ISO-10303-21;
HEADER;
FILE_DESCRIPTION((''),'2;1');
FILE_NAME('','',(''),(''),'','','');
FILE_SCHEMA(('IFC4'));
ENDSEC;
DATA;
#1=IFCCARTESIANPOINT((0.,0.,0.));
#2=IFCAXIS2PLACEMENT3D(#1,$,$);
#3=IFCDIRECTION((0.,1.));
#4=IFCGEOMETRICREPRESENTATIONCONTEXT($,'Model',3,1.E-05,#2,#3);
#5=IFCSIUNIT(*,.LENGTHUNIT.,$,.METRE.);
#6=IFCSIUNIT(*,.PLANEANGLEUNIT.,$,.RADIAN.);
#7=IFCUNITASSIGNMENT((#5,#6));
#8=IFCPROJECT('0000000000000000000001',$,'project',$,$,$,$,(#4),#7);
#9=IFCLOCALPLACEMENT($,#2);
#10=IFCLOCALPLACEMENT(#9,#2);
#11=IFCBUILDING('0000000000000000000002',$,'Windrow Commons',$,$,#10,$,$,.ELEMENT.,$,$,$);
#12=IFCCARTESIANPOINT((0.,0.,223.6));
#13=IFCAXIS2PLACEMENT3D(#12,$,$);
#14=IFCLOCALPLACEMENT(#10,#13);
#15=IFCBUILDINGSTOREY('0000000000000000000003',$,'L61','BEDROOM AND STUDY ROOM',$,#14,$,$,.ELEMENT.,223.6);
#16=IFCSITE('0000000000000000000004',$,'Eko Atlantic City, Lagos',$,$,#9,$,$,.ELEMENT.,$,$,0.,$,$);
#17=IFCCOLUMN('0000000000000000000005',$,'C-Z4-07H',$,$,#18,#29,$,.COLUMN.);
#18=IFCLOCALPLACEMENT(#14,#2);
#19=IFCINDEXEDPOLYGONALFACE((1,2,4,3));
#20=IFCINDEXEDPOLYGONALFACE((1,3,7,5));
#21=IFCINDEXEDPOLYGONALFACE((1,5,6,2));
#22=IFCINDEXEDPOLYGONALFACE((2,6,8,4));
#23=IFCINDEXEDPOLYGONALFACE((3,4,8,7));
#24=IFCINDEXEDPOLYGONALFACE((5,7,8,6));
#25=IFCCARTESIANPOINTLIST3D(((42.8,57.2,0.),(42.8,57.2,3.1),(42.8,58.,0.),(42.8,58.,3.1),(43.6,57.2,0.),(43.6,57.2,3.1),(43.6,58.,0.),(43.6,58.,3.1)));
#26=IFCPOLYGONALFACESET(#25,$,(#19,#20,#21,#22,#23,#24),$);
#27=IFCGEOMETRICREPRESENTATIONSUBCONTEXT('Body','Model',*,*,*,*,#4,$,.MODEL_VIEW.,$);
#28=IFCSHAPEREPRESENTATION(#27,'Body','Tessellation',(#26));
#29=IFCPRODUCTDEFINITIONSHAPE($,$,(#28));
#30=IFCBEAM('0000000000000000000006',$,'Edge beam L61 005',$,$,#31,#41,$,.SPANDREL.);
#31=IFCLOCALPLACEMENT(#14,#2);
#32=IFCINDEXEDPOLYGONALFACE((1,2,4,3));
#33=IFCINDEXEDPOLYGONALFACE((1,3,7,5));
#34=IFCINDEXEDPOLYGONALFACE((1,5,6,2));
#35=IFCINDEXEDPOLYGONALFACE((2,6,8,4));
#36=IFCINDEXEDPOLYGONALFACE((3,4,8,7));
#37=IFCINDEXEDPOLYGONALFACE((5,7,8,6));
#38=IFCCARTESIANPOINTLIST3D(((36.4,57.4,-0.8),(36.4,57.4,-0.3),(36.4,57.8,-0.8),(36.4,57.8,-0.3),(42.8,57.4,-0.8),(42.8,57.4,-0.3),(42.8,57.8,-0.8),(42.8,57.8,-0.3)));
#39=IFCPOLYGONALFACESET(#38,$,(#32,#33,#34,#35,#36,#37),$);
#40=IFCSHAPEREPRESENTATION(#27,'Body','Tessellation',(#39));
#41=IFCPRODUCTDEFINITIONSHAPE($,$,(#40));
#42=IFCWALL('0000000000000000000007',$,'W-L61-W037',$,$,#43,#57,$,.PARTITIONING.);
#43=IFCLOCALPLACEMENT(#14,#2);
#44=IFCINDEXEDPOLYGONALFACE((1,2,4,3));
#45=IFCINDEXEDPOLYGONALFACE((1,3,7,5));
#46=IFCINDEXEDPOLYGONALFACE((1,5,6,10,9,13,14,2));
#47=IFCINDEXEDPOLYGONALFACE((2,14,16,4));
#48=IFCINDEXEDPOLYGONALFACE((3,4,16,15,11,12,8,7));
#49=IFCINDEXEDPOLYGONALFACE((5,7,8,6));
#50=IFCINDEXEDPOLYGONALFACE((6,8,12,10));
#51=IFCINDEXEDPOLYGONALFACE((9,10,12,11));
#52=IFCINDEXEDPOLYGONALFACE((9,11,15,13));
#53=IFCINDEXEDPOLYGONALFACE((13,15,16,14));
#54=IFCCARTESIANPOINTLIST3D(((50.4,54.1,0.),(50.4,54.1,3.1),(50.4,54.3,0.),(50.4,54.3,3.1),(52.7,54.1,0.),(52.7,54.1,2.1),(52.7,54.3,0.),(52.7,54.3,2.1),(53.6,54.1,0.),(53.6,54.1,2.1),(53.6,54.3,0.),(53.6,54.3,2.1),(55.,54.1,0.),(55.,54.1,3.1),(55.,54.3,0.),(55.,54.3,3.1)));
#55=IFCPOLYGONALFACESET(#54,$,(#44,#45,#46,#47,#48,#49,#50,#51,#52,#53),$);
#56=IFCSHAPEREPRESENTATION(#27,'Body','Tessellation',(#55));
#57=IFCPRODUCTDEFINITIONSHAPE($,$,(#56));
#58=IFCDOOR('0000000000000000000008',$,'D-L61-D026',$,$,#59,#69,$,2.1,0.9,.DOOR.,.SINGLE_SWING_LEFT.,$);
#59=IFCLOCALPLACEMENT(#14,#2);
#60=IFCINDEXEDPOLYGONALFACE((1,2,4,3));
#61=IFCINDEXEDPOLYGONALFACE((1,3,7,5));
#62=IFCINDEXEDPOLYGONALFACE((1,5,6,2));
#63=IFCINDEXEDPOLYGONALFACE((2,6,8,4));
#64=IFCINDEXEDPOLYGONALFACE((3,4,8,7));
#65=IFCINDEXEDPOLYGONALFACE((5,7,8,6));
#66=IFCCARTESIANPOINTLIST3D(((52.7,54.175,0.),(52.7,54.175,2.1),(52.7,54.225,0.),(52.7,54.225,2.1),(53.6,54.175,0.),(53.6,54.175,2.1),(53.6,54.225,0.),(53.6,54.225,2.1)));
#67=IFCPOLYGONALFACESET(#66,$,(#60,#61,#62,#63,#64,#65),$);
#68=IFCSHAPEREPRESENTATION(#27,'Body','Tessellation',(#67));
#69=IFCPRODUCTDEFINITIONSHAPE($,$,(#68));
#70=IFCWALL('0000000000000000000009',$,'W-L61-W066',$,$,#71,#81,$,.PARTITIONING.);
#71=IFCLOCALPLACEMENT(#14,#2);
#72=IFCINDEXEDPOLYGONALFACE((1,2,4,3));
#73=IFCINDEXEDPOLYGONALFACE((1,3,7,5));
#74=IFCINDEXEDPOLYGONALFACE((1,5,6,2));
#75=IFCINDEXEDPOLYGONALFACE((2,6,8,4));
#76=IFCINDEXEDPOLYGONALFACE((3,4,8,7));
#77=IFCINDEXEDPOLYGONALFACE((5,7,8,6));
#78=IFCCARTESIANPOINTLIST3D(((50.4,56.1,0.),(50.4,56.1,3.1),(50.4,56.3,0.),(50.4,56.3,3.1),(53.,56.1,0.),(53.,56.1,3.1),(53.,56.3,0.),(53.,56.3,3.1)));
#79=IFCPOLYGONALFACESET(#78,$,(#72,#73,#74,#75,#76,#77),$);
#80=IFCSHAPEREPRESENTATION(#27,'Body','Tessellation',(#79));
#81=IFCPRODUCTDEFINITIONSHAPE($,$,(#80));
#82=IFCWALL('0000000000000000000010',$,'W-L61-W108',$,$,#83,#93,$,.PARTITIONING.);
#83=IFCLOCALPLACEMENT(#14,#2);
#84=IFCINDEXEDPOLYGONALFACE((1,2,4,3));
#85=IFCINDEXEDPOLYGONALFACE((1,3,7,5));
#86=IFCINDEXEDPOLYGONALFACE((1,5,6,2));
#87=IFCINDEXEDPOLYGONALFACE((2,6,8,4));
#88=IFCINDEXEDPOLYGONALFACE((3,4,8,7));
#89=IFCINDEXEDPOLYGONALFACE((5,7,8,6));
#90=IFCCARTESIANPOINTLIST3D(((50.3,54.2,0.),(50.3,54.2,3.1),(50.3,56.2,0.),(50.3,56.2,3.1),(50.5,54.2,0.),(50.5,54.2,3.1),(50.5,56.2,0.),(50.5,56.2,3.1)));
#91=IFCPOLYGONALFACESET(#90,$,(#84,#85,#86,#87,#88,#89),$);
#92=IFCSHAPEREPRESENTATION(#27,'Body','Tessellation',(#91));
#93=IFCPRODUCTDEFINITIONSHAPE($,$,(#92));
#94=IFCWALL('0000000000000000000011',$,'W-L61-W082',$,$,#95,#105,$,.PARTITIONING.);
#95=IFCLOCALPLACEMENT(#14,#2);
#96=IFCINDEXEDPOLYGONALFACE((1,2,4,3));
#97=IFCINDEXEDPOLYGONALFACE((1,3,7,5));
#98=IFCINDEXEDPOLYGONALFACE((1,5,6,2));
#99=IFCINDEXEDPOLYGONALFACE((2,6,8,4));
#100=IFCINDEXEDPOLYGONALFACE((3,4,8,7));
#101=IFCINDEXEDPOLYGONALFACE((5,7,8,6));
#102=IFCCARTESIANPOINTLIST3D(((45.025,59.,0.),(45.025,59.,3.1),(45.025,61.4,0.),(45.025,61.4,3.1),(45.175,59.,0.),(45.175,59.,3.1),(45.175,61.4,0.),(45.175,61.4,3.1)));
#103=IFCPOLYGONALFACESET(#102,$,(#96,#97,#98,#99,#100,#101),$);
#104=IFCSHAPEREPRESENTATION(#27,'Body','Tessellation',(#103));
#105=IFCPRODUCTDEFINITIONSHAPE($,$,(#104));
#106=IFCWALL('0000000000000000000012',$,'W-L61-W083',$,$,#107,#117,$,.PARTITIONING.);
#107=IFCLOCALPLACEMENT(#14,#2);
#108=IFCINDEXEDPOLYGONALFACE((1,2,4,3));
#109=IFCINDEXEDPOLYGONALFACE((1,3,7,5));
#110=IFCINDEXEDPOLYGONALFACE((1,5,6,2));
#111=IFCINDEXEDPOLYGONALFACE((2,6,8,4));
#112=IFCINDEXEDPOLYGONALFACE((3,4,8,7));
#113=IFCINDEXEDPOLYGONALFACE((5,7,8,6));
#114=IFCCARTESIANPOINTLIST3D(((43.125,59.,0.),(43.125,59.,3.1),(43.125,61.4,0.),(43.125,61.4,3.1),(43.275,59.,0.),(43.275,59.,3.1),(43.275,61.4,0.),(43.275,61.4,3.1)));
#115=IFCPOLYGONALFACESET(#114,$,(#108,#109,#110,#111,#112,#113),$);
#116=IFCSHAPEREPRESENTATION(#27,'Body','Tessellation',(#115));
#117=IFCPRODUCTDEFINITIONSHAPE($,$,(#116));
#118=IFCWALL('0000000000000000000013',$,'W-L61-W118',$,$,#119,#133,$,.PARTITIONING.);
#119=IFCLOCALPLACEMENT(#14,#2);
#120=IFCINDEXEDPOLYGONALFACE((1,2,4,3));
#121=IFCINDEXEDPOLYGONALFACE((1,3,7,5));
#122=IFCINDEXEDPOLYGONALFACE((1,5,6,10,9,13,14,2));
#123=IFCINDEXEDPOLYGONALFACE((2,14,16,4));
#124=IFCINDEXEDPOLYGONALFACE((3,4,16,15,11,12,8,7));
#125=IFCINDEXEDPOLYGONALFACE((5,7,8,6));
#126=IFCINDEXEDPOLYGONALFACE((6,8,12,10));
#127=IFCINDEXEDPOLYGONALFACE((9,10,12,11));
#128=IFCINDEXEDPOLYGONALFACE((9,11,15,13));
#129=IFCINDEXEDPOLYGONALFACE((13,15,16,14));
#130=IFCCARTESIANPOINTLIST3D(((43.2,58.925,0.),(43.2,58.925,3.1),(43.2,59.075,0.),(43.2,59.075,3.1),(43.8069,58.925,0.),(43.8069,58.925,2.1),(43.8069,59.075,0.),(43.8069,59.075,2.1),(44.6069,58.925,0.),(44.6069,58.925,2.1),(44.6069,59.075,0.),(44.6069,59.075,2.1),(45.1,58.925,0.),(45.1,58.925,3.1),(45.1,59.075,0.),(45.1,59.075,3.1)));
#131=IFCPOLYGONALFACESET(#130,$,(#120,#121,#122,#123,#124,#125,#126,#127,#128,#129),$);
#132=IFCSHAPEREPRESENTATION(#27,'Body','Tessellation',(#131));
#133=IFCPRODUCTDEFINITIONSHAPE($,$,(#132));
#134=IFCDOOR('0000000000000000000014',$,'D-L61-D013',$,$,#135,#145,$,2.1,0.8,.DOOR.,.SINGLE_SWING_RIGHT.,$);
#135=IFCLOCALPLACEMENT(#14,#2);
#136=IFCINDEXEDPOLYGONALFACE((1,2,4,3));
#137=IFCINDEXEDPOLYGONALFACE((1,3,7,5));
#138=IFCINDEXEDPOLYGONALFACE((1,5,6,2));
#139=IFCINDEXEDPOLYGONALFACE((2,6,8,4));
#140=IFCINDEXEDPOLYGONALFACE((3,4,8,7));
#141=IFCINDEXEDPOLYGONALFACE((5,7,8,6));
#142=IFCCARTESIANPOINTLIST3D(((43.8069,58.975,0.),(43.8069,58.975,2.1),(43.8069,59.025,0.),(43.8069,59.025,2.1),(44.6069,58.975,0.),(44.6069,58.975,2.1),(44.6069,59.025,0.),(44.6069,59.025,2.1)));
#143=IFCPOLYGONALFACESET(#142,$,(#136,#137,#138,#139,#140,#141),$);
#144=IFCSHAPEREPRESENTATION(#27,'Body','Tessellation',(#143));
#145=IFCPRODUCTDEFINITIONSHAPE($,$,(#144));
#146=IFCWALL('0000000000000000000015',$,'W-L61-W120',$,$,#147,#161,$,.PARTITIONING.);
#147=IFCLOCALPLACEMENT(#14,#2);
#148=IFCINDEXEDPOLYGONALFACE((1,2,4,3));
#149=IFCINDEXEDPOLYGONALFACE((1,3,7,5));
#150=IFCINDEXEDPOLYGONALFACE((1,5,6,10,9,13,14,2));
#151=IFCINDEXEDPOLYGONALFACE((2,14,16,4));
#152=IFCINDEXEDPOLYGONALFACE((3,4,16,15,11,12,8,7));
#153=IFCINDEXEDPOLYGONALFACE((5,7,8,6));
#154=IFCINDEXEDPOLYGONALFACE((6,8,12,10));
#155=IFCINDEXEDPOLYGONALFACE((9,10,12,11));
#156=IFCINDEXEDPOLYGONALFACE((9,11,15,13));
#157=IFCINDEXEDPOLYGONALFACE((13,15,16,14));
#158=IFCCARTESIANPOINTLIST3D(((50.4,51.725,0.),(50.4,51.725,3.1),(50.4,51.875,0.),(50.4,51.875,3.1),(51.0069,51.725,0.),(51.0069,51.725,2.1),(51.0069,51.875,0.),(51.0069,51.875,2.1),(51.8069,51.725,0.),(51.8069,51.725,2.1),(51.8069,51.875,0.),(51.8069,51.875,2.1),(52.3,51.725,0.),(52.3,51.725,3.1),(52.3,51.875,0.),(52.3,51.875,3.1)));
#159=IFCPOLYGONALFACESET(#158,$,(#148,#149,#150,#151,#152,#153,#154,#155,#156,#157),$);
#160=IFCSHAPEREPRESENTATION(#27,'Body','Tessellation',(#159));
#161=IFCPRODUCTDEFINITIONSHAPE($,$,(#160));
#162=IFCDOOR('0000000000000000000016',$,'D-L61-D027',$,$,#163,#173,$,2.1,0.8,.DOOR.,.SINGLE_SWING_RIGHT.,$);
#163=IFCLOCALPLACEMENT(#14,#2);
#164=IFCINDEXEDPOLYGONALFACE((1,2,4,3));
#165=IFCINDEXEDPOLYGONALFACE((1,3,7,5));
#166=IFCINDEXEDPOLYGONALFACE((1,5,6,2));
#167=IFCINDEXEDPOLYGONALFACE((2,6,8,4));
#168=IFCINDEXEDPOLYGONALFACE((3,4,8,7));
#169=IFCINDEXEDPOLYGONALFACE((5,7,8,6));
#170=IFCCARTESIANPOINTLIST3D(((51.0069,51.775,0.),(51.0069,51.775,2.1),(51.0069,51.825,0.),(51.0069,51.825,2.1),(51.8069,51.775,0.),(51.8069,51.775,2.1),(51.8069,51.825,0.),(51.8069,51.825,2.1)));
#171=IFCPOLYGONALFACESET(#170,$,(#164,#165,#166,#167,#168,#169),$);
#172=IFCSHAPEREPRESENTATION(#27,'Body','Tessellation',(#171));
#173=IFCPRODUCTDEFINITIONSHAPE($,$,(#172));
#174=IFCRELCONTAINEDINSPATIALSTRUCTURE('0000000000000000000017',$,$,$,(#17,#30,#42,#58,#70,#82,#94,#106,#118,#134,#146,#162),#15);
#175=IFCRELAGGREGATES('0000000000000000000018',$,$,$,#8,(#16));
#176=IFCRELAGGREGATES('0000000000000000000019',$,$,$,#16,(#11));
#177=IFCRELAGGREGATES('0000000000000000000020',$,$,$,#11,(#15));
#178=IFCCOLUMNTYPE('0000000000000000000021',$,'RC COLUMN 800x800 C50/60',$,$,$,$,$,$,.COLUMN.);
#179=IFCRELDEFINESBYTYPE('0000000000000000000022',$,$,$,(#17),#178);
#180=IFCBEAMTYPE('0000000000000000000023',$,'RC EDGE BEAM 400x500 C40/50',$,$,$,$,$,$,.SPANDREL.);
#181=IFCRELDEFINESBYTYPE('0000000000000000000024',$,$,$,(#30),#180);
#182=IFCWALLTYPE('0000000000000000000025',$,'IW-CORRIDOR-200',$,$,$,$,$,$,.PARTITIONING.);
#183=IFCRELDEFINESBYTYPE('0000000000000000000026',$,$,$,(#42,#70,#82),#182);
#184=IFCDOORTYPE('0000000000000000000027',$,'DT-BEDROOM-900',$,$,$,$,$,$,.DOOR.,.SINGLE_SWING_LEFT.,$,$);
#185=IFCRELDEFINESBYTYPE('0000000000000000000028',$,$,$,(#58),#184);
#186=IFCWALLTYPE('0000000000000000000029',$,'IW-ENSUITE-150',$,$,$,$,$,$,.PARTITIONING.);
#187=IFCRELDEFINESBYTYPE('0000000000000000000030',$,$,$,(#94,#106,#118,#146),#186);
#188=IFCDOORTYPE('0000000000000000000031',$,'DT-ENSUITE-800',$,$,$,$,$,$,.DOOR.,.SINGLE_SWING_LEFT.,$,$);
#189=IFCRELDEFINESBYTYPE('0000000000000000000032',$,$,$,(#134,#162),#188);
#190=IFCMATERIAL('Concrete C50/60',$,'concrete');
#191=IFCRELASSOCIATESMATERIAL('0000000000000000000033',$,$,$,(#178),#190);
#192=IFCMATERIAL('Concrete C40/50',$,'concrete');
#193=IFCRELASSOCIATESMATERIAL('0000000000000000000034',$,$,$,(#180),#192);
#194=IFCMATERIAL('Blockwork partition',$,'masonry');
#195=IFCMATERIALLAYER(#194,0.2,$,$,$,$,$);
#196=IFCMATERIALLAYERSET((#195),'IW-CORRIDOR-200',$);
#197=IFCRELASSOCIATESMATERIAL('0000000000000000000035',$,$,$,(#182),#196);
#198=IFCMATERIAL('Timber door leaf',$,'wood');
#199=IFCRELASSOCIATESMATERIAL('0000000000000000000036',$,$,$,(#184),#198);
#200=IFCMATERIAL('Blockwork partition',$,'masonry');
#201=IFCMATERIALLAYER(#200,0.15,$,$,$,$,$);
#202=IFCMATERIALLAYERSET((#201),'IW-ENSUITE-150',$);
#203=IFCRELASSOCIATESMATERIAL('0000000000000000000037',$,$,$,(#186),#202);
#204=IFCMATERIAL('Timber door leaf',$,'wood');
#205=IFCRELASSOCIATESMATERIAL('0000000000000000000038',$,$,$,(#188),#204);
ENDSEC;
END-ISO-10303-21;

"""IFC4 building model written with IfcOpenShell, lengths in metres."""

from ifc_helpers import new_model, si_unit, direction, frame, frame_2d, origin, origin_2d, place, context, subcontext, project, spatial, rectangle, extrude, material, layer, layer_set, material_profile, profile_set, type_object, element, fill, save


model = new_model("IFC4")

# Units and contexts
model_context = context("Model", 3, precision=1e-05, world=origin(), true_north=direction((0.0, 1.0)))
body_context = subcontext(model_context, "Body", "Model", "MODEL_VIEW")
ifc_project = project(units=[si_unit("LENGTHUNIT", "METRE"), si_unit("PLANEANGLEUNIT", "RADIAN")], contexts=[model_context])

# Site, building, storey
site_placement = place(None, origin())
site = spatial("IfcSite", under=ifc_project, at=site_placement, Name="Eko Atlantic City, Lagos", CompositionType="ELEMENT", RefElevation=0.0)
building_placement = place(site_placement, origin())
building = spatial("IfcBuilding", under=site, at=building_placement, Name="Windrow Commons", CompositionType="ELEMENT")
storey_placement = place(building_placement, frame((0.0, 0.0, 223.6)))
storey = spatial("IfcBuildingStorey", under=building, at=storey_placement, Name="L61", Description="BEDROOM AND STUDY ROOM", CompositionType="ELEMENT", Elevation=223.6)

# Column
ifc_material_1 = material(Name="Concrete C50/60", Category="concrete")
ifc_material_profile_1 = material_profile(ifc_material_1, rectangle(XDim=0.8, YDim=0.8, at=origin_2d()))
ifc_profile_set_1 = profile_set([ifc_material_profile_1], Name="Concrete C50/60")
column_type = type_object("IfcColumnType", Name="RC COLUMN 800x800 C50/60", PredefinedType="COLUMN", material=ifc_profile_set_1)
column_placement = place(storey_placement, frame((43.2, 57.6, 0.0), z_axis=(0.0, 0.0, 1.0), x_axis=(1.0, 0.0, 0.0)))
element("IfcColumn", 1, at=column_placement, inside=storey, type_object=column_type, Name="C-Z4-07H", PredefinedType="COLUMN", context=body_context, shape_type="SweptSolid", body=[
    extrude(rectangle(XDim=0.8, YDim=0.8, at=origin_2d()), origin(), (0.0, 0.0, 1.0), 3.1),
])

# Beam
ifc_material_2 = material(Name="Concrete C40/50", Category="concrete")
ifc_material_profile_2 = material_profile(ifc_material_2, rectangle(XDim=0.4, YDim=0.5, at=origin_2d()))
ifc_profile_set_2 = profile_set([ifc_material_profile_2], Name="Concrete C40/50")
beam_type = type_object("IfcBeamType", Name="RC EDGE BEAM 400x500 C40/50", PredefinedType="SPANDREL", material=ifc_profile_set_2)
beam_placement = place(storey_placement, frame((42.8, 57.6, -0.55), z_axis=(-1.0, 0.0, 0.0), x_axis=(0.0, -1.0, 0.0)))
element("IfcBeam", 2, at=beam_placement, inside=storey, type_object=beam_type, Name="Edge beam L61 005", PredefinedType="SPANDREL", context=body_context, shape_type="SweptSolid", body=[
    extrude(rectangle(XDim=0.4, YDim=0.5, at=origin_2d()), origin(), (0.0, 0.0, 1.0), 6.4),
])

# Wall, opening, door
ifc_material_3 = material(Name="Blockwork partition", Category="masonry")
ifc_layer_1 = layer(ifc_material_3, 0.2)
ifc_layer_set_1 = layer_set([ifc_layer_1], Name="IW-CORRIDOR-200")
wall_type_1 = type_object("IfcWallType", Name="IW-CORRIDOR-200", PredefinedType="PARTITIONING", material=ifc_layer_set_1)
wall_1_placement = place(storey_placement, frame((50.4, 54.2, 0.0), z_axis=(0.0, 0.0, 1.0), x_axis=(1.0, 0.0, 0.0)))
wall_1 = element("IfcWall", 3, at=wall_1_placement, inside=storey, type_object=wall_type_1, Name="W-L61-W037", PredefinedType="PARTITIONING", context=body_context, shape_type="SweptSolid", body=[
    extrude(rectangle(XDim=4.6, YDim=0.2, at=frame_2d((2.3, 0.0))), origin(), (0.0, 0.0, 1.0), 3.1),
])
opening_1_placement = place(wall_1_placement, frame((2.3, 0.0, 0.0)))
opening_1 = element("IfcOpeningElement", 4, at=opening_1_placement, cuts=wall_1, PredefinedType="OPENING", context=body_context, shape_type="SweptSolid", body=[
    extrude(rectangle(XDim=0.9, YDim=2.1, at=frame_2d((0.45, 1.05))), frame((0.0, 0.11, 0.0), z_axis=(0.0, -1.0, 0.0), x_axis=(1.0, 0.0, 0.0)), (0.0, 0.0, 1.0), 0.22),
])
ifc_material_4 = material(Name="Timber door leaf", Category="wood")
door_type_1 = type_object("IfcDoorType", Name="DT-BEDROOM-900", OperationType="SINGLE_SWING_LEFT", PredefinedType="DOOR", material=ifc_material_4)
door_1_placement = place(opening_1_placement, origin())
door_1 = element("IfcDoor", 5, at=door_1_placement, inside=storey, type_object=door_type_1, Name="D-L61-D026", OperationType="SINGLE_SWING_LEFT", OverallHeight=2.1, OverallWidth=0.9, PredefinedType="DOOR", context=body_context, shape_type="SweptSolid", body=[
    extrude(rectangle(XDim=0.9, YDim=2.1, at=frame_2d((0.45, 1.05))), frame((0.0, 0.025, 0.0), z_axis=(0.0, -1.0, 0.0), x_axis=(1.0, 0.0, 0.0)), (0.0, 0.0, 1.0), 0.05),
])
fill(opening_1, door_1)

# Walls
wall_2_placement = place(storey_placement, frame((50.4, 56.2, 0.0), z_axis=(0.0, 0.0, 1.0), x_axis=(1.0, 0.0, 0.0)))
element("IfcWall", 6, at=wall_2_placement, inside=storey, type_object=wall_type_1, Name="W-L61-W066", PredefinedType="PARTITIONING", context=body_context, shape_type="SweptSolid", body=[
    extrude(rectangle(XDim=2.6, YDim=0.2, at=frame_2d((1.3, 0.0))), origin(), (0.0, 0.0, 1.0), 3.1),
])
wall_3_placement = place(storey_placement, frame((50.4, 54.2, 0.0), z_axis=(0.0, 0.0, 1.0), x_axis=(0.0, 1.0, 0.0)))
element("IfcWall", 7, at=wall_3_placement, inside=storey, type_object=wall_type_1, Name="W-L61-W108", PredefinedType="PARTITIONING", context=body_context, shape_type="SweptSolid", body=[
    extrude(rectangle(XDim=2.0, YDim=0.2, at=frame_2d((1.0, 0.0))), origin(), (0.0, 0.0, 1.0), 3.1),
])
ifc_material_5 = material(Name="Blockwork partition", Category="masonry")
ifc_layer_2 = layer(ifc_material_5, 0.15)
ifc_layer_set_2 = layer_set([ifc_layer_2], Name="IW-ENSUITE-150")
wall_type_2 = type_object("IfcWallType", Name="IW-ENSUITE-150", PredefinedType="PARTITIONING", material=ifc_layer_set_2)
for number, where, z_axis, x_axis, name in (
    (8, (45.1, 59.0, 0.0), (0.0, 0.0, 1.0), (0.0, 1.0, 0.0), "W-L61-W082"),
    (9, (43.2, 59.0, 0.0), (0.0, 0.0, 1.0), (0.0, 1.0, 0.0), "W-L61-W083"),
):
    element("IfcWall", number, at=place(storey_placement, frame(where, z_axis=z_axis, x_axis=x_axis)), inside=storey, type_object=wall_type_2, Name=name, PredefinedType="PARTITIONING", context=body_context, shape_type="SweptSolid", body=[
        extrude(rectangle(XDim=2.4, YDim=0.15, at=frame_2d((1.2, 0.0))), origin(), (0.0, 0.0, 1.0), 3.1),
    ])

# Walls, openings, doors
wall_4_placement = place(storey_placement, frame((43.2, 59.0, 0.0), z_axis=(0.0, 0.0, 1.0), x_axis=(1.0, 0.0, 0.0)))
wall_4 = element("IfcWall", 10, at=wall_4_placement, inside=storey, type_object=wall_type_2, Name="W-L61-W118", PredefinedType="PARTITIONING", context=body_context, shape_type="SweptSolid", body=[
    extrude(rectangle(XDim=1.9, YDim=0.15, at=frame_2d((0.95, 0.0))), origin(), (0.0, 0.0, 1.0), 3.1),
])
opening_2_placement = place(wall_4_placement, frame((0.6069, 0.0, 0.0)))
opening_2 = element("IfcOpeningElement", 11, at=opening_2_placement, cuts=wall_4, PredefinedType="OPENING", context=body_context, shape_type="SweptSolid", body=[
    extrude(rectangle(XDim=0.8, YDim=2.1, at=frame_2d((0.4, 1.05))), frame((0.0, 0.085, 0.0), z_axis=(0.0, -1.0, 0.0), x_axis=(1.0, 0.0, 0.0)), (0.0, 0.0, 1.0), 0.17),
])
ifc_material_6 = material(Name="Timber door leaf", Category="wood")
door_type_2 = type_object("IfcDoorType", Name="DT-ENSUITE-800", OperationType="SINGLE_SWING_LEFT", PredefinedType="DOOR", material=ifc_material_6)
door_2_placement = place(opening_2_placement, origin())
door_2 = element("IfcDoor", 12, at=door_2_placement, inside=storey, type_object=door_type_2, Name="D-L61-D013", OperationType="SINGLE_SWING_RIGHT", OverallHeight=2.1, OverallWidth=0.8, PredefinedType="DOOR", context=body_context, shape_type="SweptSolid", body=[
    extrude(rectangle(XDim=0.8, YDim=2.1, at=frame_2d((0.4, 1.05))), frame((0.0, 0.025, 0.0), z_axis=(0.0, -1.0, 0.0), x_axis=(1.0, 0.0, 0.0)), (0.0, 0.0, 1.0), 0.05),
])
fill(opening_2, door_2)
wall_5_placement = place(storey_placement, frame((50.4, 51.8, 0.0), z_axis=(0.0, 0.0, 1.0), x_axis=(1.0, 0.0, 0.0)))
wall_5 = element("IfcWall", 13, at=wall_5_placement, inside=storey, type_object=wall_type_2, Name="W-L61-W120", PredefinedType="PARTITIONING", context=body_context, shape_type="SweptSolid", body=[
    extrude(rectangle(XDim=1.9, YDim=0.15, at=frame_2d((0.95, 0.0))), origin(), (0.0, 0.0, 1.0), 3.1),
])
opening_3_placement = place(wall_5_placement, frame((0.6069, 0.0, 0.0)))
opening_3 = element("IfcOpeningElement", 14, at=opening_3_placement, cuts=wall_5, PredefinedType="OPENING", context=body_context, shape_type="SweptSolid", body=[
    extrude(rectangle(XDim=0.8, YDim=2.1, at=frame_2d((0.4, 1.05))), frame((0.0, 0.085, 0.0), z_axis=(0.0, -1.0, 0.0), x_axis=(1.0, 0.0, 0.0)), (0.0, 0.0, 1.0), 0.17),
])
door_3_placement = place(opening_3_placement, origin())
door_3 = element("IfcDoor", 15, at=door_3_placement, inside=storey, type_object=door_type_2, Name="D-L61-D027", OperationType="SINGLE_SWING_RIGHT", OverallHeight=2.1, OverallWidth=0.8, PredefinedType="DOOR", context=body_context, shape_type="SweptSolid", body=[
    extrude(rectangle(XDim=0.8, YDim=2.1, at=frame_2d((0.4, 1.05))), frame((0.0, 0.025, 0.0), z_axis=(0.0, -1.0, 0.0), x_axis=(1.0, 0.0, 0.0)), (0.0, 0.0, 1.0), 0.05),
])
fill(opening_3, door_3)

save(model, "model.ifc")
